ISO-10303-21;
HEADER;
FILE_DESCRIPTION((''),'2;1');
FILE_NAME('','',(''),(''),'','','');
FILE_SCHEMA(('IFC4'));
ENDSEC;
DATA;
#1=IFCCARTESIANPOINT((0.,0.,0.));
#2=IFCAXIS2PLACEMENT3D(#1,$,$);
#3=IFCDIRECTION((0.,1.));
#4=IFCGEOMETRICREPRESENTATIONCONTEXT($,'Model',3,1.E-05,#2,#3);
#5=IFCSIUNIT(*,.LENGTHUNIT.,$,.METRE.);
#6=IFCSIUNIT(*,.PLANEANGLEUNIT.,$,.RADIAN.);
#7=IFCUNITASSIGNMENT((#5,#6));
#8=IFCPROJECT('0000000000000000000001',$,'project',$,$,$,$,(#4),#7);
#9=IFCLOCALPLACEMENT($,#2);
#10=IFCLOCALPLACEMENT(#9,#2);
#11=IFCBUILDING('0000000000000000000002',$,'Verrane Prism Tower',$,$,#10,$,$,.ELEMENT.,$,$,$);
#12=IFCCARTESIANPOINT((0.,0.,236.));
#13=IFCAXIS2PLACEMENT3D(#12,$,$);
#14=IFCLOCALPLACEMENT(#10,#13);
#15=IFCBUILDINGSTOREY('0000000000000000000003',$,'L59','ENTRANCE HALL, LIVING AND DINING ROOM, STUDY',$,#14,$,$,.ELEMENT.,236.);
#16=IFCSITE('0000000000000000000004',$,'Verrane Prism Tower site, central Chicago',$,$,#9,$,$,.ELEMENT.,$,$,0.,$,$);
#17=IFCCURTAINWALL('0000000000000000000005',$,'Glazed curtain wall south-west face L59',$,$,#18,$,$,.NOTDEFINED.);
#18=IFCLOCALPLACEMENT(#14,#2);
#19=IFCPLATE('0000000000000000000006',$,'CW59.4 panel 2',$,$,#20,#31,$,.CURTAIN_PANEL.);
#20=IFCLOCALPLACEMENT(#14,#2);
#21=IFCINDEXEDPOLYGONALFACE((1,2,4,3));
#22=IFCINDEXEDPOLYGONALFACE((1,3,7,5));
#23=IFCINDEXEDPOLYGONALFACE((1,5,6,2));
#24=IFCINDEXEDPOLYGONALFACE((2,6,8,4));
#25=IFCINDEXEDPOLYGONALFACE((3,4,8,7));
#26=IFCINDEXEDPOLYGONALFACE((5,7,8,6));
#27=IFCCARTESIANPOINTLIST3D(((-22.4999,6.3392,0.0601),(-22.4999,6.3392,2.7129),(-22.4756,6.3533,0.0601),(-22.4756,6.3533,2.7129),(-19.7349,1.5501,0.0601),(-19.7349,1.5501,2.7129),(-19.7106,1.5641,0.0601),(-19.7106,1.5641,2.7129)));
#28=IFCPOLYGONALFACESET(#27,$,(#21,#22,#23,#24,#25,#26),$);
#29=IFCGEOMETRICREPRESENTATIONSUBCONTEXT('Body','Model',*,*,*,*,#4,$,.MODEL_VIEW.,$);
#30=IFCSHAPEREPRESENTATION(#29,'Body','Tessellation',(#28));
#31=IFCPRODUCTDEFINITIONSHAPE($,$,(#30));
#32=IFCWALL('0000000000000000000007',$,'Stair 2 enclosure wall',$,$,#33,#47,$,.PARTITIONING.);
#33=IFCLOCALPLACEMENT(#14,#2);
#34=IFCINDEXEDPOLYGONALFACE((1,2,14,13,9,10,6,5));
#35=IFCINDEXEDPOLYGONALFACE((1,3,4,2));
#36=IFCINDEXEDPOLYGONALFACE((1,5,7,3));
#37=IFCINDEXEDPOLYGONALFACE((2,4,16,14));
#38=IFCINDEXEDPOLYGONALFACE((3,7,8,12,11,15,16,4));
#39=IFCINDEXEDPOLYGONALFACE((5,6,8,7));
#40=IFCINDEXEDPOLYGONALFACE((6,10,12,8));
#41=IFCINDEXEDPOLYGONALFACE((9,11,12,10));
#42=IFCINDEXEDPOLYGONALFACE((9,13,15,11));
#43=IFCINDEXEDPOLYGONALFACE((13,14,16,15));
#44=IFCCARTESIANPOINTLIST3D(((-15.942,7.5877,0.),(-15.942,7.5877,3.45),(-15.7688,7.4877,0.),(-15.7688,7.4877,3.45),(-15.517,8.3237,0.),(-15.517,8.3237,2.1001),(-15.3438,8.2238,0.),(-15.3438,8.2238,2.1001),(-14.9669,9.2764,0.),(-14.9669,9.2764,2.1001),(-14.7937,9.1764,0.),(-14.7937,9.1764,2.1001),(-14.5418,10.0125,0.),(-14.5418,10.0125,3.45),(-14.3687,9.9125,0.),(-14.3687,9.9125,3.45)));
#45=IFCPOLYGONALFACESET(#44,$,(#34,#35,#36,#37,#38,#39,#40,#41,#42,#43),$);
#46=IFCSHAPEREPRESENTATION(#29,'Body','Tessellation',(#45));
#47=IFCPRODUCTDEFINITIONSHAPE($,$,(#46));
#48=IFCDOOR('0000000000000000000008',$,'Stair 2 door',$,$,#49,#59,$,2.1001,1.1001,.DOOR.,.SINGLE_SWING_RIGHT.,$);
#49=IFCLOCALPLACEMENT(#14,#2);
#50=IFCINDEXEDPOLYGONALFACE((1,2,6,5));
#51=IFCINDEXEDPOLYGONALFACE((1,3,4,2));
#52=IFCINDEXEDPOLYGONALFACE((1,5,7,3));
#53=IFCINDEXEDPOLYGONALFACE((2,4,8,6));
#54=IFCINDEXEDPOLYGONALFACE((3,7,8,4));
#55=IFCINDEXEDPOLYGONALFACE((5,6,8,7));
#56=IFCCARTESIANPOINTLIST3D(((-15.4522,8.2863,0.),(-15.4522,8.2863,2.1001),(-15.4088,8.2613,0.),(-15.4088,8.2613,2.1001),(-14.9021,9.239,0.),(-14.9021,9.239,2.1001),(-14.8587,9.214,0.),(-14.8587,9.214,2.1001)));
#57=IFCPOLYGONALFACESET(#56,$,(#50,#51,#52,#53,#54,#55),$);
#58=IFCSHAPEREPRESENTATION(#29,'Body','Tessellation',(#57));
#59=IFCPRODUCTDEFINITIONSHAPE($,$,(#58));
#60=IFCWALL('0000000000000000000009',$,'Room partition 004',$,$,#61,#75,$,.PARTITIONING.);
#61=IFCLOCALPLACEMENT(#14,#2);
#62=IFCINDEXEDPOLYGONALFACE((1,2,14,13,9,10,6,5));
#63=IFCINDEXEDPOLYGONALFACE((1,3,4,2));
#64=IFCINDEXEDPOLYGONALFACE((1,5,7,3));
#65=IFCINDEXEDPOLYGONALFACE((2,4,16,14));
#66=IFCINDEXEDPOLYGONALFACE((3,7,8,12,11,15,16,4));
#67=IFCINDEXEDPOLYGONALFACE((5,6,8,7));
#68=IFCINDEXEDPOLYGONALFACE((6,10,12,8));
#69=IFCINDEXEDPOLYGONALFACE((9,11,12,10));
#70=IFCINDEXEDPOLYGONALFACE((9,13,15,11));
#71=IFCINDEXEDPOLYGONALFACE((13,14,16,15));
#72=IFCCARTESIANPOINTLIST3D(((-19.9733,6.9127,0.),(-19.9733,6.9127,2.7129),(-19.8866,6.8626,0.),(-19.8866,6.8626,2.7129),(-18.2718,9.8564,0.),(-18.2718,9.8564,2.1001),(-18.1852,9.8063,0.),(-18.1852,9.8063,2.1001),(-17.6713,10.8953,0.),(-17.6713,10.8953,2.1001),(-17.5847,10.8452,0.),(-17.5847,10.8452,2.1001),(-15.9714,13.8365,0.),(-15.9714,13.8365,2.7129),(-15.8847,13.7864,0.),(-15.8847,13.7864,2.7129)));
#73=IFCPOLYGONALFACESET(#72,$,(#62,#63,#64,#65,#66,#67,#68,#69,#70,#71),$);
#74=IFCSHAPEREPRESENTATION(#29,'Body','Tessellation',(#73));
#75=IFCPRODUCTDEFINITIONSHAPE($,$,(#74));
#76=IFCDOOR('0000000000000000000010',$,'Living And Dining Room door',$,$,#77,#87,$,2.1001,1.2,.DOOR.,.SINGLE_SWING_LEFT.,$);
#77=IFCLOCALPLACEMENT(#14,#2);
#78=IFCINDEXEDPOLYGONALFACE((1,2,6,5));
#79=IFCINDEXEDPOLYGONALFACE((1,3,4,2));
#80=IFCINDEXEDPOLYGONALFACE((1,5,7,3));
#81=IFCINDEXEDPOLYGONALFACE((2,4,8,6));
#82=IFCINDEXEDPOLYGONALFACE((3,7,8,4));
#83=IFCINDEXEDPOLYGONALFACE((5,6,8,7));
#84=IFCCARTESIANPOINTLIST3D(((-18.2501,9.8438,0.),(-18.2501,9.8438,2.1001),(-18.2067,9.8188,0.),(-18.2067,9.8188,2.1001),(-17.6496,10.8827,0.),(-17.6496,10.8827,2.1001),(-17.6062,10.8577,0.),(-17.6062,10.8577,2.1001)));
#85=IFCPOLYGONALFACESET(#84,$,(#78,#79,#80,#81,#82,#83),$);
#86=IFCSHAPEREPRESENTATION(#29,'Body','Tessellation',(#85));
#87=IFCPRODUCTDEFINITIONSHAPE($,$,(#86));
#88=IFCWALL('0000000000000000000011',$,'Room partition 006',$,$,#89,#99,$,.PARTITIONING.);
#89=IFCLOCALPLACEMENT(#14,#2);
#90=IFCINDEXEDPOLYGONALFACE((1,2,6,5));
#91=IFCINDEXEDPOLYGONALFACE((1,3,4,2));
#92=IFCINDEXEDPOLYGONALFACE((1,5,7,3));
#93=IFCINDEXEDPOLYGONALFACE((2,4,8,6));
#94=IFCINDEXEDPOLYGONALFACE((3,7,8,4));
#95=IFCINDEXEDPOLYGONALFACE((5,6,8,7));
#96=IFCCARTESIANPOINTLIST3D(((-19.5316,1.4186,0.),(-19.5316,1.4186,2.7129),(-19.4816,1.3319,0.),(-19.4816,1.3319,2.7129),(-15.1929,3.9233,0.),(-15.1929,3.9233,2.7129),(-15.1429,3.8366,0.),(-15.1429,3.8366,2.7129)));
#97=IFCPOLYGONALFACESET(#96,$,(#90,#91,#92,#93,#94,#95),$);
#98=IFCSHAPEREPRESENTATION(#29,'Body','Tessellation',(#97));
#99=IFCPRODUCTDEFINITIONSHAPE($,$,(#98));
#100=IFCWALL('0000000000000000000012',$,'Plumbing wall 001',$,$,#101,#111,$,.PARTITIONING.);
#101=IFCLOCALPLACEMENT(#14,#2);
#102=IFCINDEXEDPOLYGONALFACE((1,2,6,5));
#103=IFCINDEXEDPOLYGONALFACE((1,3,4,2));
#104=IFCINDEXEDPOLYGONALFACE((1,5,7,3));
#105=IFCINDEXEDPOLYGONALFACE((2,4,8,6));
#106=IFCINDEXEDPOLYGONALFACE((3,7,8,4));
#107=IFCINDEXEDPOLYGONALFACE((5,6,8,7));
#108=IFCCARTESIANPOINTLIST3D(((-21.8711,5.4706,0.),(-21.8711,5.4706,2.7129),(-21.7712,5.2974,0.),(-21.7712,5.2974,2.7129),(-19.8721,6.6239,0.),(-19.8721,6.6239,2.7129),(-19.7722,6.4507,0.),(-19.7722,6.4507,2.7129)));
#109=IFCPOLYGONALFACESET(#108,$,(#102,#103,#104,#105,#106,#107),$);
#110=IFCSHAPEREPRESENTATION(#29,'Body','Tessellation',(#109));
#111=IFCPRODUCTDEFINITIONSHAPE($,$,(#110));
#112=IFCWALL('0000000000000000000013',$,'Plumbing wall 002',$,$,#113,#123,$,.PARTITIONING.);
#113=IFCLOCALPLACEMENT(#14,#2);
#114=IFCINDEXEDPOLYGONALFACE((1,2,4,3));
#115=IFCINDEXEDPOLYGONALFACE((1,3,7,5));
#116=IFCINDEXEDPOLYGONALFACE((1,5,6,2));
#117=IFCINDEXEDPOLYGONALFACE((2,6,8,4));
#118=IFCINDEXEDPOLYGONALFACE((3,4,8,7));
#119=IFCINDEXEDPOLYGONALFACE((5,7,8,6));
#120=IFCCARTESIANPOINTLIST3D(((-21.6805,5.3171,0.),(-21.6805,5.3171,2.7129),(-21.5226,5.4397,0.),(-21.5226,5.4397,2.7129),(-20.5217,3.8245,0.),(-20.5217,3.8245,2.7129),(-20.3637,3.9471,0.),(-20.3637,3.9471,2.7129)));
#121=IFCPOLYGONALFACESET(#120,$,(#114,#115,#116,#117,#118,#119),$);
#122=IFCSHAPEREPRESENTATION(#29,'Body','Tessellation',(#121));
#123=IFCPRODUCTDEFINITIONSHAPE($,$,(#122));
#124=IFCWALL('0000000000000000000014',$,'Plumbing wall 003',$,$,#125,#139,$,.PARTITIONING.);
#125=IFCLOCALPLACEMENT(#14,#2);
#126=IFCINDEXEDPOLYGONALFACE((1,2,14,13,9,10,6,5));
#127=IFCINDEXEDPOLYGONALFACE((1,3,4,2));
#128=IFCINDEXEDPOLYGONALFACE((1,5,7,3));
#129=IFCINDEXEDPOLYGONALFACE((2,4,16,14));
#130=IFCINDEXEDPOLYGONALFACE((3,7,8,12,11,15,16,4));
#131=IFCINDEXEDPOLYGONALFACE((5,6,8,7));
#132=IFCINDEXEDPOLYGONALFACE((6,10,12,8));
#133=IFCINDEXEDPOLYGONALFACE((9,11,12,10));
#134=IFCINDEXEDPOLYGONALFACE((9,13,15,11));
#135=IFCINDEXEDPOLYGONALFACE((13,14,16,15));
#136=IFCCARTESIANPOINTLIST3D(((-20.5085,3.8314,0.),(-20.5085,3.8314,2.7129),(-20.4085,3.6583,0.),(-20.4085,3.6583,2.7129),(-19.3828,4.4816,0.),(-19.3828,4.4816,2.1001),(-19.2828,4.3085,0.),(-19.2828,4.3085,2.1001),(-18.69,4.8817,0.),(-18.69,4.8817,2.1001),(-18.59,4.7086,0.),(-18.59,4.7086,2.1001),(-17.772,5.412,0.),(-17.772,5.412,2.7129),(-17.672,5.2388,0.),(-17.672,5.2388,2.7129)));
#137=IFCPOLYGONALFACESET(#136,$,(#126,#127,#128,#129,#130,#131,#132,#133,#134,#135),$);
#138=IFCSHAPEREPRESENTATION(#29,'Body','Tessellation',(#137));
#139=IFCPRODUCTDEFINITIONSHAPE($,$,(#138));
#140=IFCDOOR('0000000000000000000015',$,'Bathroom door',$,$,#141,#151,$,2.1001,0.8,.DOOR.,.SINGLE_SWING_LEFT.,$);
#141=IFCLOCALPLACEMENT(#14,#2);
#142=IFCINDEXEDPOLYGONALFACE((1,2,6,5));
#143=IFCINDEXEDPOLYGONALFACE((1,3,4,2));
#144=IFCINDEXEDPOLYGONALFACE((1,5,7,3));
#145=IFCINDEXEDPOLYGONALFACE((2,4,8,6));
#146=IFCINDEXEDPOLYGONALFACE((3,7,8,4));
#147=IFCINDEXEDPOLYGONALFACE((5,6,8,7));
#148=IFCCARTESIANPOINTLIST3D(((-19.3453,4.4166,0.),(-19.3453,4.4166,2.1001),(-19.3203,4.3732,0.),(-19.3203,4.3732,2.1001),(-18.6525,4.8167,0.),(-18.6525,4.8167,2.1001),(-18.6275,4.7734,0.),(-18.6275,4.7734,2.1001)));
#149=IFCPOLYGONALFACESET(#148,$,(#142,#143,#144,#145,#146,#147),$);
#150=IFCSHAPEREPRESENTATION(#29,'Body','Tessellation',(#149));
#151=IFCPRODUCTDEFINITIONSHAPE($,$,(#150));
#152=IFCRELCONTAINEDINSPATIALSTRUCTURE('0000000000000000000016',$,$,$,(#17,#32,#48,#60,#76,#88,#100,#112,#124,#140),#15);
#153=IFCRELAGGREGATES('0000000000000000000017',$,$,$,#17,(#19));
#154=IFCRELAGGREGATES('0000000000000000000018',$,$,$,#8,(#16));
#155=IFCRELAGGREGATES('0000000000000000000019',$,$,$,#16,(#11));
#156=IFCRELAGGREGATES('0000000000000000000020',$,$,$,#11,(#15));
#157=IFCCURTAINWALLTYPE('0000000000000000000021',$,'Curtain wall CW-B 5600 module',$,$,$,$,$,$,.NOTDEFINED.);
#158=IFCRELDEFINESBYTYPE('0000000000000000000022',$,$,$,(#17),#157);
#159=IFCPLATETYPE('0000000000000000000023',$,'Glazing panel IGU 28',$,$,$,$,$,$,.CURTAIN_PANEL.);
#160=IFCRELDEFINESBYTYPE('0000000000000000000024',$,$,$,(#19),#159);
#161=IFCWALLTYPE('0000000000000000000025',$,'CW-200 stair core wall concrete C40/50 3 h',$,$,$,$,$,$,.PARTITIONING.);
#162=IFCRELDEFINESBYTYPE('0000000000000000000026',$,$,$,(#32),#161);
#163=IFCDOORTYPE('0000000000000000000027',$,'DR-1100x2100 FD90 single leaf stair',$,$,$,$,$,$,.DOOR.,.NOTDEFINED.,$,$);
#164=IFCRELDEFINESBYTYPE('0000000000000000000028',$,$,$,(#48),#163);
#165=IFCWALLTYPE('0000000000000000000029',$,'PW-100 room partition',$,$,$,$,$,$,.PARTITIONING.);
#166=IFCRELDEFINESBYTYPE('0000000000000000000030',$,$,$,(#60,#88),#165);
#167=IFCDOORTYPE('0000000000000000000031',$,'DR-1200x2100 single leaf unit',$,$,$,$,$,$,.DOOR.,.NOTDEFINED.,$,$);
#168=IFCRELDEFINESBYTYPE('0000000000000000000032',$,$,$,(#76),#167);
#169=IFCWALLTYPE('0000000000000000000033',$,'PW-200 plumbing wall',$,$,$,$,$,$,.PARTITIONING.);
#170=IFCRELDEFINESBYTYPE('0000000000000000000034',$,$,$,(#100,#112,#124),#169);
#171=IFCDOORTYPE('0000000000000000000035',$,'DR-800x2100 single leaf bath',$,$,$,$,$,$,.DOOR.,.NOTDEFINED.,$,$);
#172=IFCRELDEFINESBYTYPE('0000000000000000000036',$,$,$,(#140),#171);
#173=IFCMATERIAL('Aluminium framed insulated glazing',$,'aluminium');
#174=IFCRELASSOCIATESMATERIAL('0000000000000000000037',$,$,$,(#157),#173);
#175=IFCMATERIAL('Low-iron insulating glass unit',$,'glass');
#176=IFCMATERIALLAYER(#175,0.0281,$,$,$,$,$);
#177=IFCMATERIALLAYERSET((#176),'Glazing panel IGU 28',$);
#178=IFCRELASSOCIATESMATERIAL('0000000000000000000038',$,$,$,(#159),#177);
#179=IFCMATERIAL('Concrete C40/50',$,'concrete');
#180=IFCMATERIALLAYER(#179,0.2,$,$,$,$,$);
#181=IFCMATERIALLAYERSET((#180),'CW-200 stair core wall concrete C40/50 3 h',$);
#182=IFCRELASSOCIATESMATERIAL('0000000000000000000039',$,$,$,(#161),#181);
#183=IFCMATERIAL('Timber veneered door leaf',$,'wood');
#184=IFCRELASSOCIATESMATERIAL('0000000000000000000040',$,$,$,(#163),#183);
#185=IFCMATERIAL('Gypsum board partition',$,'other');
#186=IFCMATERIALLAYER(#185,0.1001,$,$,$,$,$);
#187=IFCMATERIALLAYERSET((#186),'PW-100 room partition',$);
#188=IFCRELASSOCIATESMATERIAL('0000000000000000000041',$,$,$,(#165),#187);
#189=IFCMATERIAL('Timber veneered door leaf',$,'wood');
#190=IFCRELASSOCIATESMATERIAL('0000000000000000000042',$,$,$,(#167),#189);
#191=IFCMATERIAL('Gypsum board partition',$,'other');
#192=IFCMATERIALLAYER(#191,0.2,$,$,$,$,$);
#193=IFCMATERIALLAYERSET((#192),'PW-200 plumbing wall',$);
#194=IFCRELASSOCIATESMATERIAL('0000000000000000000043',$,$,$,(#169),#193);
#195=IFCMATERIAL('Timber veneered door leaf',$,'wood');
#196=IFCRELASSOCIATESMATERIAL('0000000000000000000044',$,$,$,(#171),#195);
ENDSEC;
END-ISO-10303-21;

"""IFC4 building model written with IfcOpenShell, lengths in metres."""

from ifc_helpers import new_model, si_unit, direction, frame, frame_2d, origin, origin_2d, place, context, subcontext, project, spatial, rectangle, extrude, material, layer, layer_set, type_object, element, fill, aggregate, save


model = new_model("IFC4")

# Units and contexts
model_context = context("Model", 3, precision=1e-05, world=origin(), true_north=direction((0.0, 1.0)))
body_context = subcontext(model_context, "Body", "Model", "MODEL_VIEW")
ifc_project = project(units=[si_unit("LENGTHUNIT", "METRE"), si_unit("PLANEANGLEUNIT", "RADIAN")], contexts=[model_context])

# Site, building, storey
site_placement = place(None, origin())
site = spatial("IfcSite", under=ifc_project, at=site_placement, Name="Verrane Prism Tower site, central Chicago", CompositionType="ELEMENT", RefElevation=0.0)
building_placement = place(site_placement, origin())
building = spatial("IfcBuilding", under=site, at=building_placement, Name="Verrane Prism Tower", CompositionType="ELEMENT")
storey_placement = place(building_placement, frame((0.0, 0.0, 236.0)))
storey = spatial("IfcBuildingStorey", under=building, at=storey_placement, Name="L59", Description="ENTRANCE HALL, LIVING AND DINING ROOM, STUDY", CompositionType="ELEMENT", Elevation=236.0)

# Curtain wall
ifc_material_1 = material(Name="Aluminium framed insulated glazing", Category="aluminium")
curtain_wall_type = type_object("IfcCurtainWallType", Name="Curtain wall CW-B 5600 module", PredefinedType="NOTDEFINED", material=ifc_material_1)
curtain_wall_placement = place(storey_placement, origin())
curtain_wall = element("IfcCurtainWall", 1, at=curtain_wall_placement, inside=storey, type_object=curtain_wall_type, Name="Glazed curtain wall south-west face L59", PredefinedType="NOTDEFINED")

# Plate
ifc_material_2 = material(Name="Low-iron insulating glass unit", Category="glass")
ifc_layer_1 = layer(ifc_material_2, 0.0281)
ifc_layer_set_1 = layer_set([ifc_layer_1], Name="Glazing panel IGU 28")
plate_type = type_object("IfcPlateType", Name="Glazing panel IGU 28", PredefinedType="CURTAIN_PANEL", material=ifc_layer_set_1)
plate_1_placement = place(storey_placement, frame((-21.1052, 3.9517, 0.0601), z_axis=(0.0, 0.0, 1.0), x_axis=(0.499999, -0.866026, 0.0)))
plate_1 = element("IfcPlate", 2, at=plate_1_placement, type_object=plate_type, Name="CW59.4 panel 2", PredefinedType="CURTAIN_PANEL", context=body_context, shape_type="SweptSolid", body=[
    extrude(rectangle(XDim=5.53, YDim=0.0281, at=origin_2d()), origin(), (0.0, 0.0, 1.0), 2.6528),
])
aggregate(curtain_wall, [plate_1])

# Walls, openings, doors
ifc_material_3 = material(Name="Concrete C40/50", Category="concrete")
ifc_layer_2 = layer(ifc_material_3, 0.2)
ifc_layer_set_2 = layer_set([ifc_layer_2], Name="CW-200 stair core wall concrete C40/50 3 h")
wall_type_1 = type_object("IfcWallType", Name="CW-200 stair core wall concrete C40/50 3 h", PredefinedType="PARTITIONING", material=ifc_layer_set_2)
wall_1_placement = place(storey_placement, frame((-14.4553, 9.9624, 0.0), z_axis=(0.0, 0.0, 1.0), x_axis=(-0.50005, -0.865997, 0.0)))
wall_1 = element("IfcWall", 3, at=wall_1_placement, inside=storey, type_object=wall_type_1, Name="Stair 2 enclosure wall", PredefinedType="PARTITIONING", context=body_context, shape_type="SweptSolid", body=[
    extrude(rectangle(XDim=2.8, YDim=0.2, at=frame_2d((1.3999, 0.0))), origin(), (0.0, 0.0, 1.0), 3.45),
])
opening_1_placement = place(wall_1_placement, frame((0.8499, 0.0, 0.0)))
opening_1 = element("IfcOpeningElement", 4, at=opening_1_placement, cuts=wall_1, PredefinedType="OPENING", context=body_context, shape_type="SweptSolid", body=[
    extrude(rectangle(XDim=1.1001, YDim=2.1001, at=frame_2d((0.55, 1.05))), frame((0.0, 0.1099, 0.0), z_axis=(0.0, -1.0, 0.0), x_axis=(1.0, 0.0, 0.0)), (0.0, 0.0, 1.0), 0.22),
])
ifc_material_4 = material(Name="Timber veneered door leaf", Category="wood")
door_type_1 = type_object("IfcDoorType", Name="DR-1100x2100 FD90 single leaf stair", OperationType="NOTDEFINED", PredefinedType="DOOR", material=ifc_material_4)
door_1_placement = place(opening_1_placement, origin())
door_1 = element("IfcDoor", 5, at=door_1_placement, inside=storey, type_object=door_type_1, Name="Stair 2 door", OperationType="SINGLE_SWING_RIGHT", OverallHeight=2.1001, OverallWidth=1.1001, PredefinedType="DOOR", context=body_context, shape_type="SweptSolid", body=[
    extrude(rectangle(XDim=1.1001, YDim=2.1001, at=frame_2d((0.55, 1.05))), frame((0.0, 0.0249, 0.0), z_axis=(0.0, -1.0, 0.0), x_axis=(1.0, 0.0, 0.0)), (0.0, 0.0, 1.0), 0.05),
])
fill(opening_1, door_1)
ifc_material_5 = material(Name="Gypsum board partition", Category="other")
ifc_layer_3 = layer(ifc_material_5, 0.1001)
ifc_layer_set_3 = layer_set([ifc_layer_3], Name="PW-100 room partition")
wall_type_2 = type_object("IfcWallType", Name="PW-100 room partition", PredefinedType="PARTITIONING", material=ifc_layer_set_3)
wall_2_placement = place(storey_placement, frame((-19.9299, 6.8877, 0.0), z_axis=(0.0, 0.0, 1.0), x_axis=(0.50042, 0.865783, 0.0)))
wall_2 = element("IfcWall", 6, at=wall_2_placement, inside=storey, type_object=wall_type_2, Name="Room partition 004", PredefinedType="PARTITIONING", context=body_context, shape_type="SweptSolid", body=[
    extrude(rectangle(XDim=7.9971, YDim=0.1001, at=frame_2d((3.9985, 0.0))), origin(), (0.0, 0.0, 1.0), 2.7129),
])
opening_2_placement = place(wall_2_placement, frame((3.3999, 0.0, 0.0)))
opening_2 = element("IfcOpeningElement", 7, at=opening_2_placement, cuts=wall_2, PredefinedType="OPENING", context=body_context, shape_type="SweptSolid", body=[
    extrude(rectangle(XDim=1.2, YDim=2.1001, at=frame_2d((0.6001, 1.05))), frame((0.0, 0.0601, 0.0), z_axis=(0.0, -1.0, 0.0), x_axis=(1.0, 0.0, 0.0)), (0.0, 0.0, 1.0), 0.1201),
])
ifc_material_6 = material(Name="Timber veneered door leaf", Category="wood")
door_type_2 = type_object("IfcDoorType", Name="DR-1200x2100 single leaf unit", OperationType="NOTDEFINED", PredefinedType="DOOR", material=ifc_material_6)
door_2_placement = place(opening_2_placement, origin())
door_2 = element("IfcDoor", 8, at=door_2_placement, inside=storey, type_object=door_type_2, Name="Living And Dining Room door", OperationType="SINGLE_SWING_LEFT", OverallHeight=2.1001, OverallWidth=1.2, PredefinedType="DOOR", context=body_context, shape_type="SweptSolid", body=[
    extrude(rectangle(XDim=1.2, YDim=2.1001, at=frame_2d((0.6001, 1.05))), frame((0.0, 0.0249, 0.0), z_axis=(0.0, -1.0, 0.0), x_axis=(1.0, 0.0, 0.0)), (0.0, 0.0, 1.0), 0.05),
])
fill(opening_2, door_2)

# Walls
wall_3_placement = place(storey_placement, frame((-19.5066, 1.3752, 0.0), z_axis=(0.0, 0.0, 1.0), x_axis=(0.866048, 0.49996, 0.0)))
element("IfcWall", 9, at=wall_3_placement, inside=storey, type_object=wall_type_2, Name="Room partition 006", PredefinedType="PARTITIONING", context=body_context, shape_type="SweptSolid", body=[
    extrude(rectangle(XDim=5.0098, YDim=0.1001, at=frame_2d((2.5049, 0.0))), origin(), (0.0, 0.0, 1.0), 2.7129),
])
ifc_material_7 = material(Name="Gypsum board partition", Category="other")
ifc_layer_4 = layer(ifc_material_7, 0.2)
ifc_layer_set_4 = layer_set([ifc_layer_4], Name="PW-200 plumbing wall")
wall_type_3 = type_object("IfcWallType", Name="PW-200 plumbing wall", PredefinedType="PARTITIONING", material=ifc_layer_set_4)
wall_4_placement = place(storey_placement, frame((-21.821, 5.384, 0.0), z_axis=(0.0, 0.0, 1.0), x_axis=(0.866179, 0.499735, 0.0)))
element("IfcWall", 10, at=wall_4_placement, inside=storey, type_object=wall_type_3, Name="Plumbing wall 001", PredefinedType="PARTITIONING", context=body_context, shape_type="SweptSolid", body=[
    extrude(rectangle(XDim=2.3079, YDim=0.2, at=frame_2d((1.1538, 0.0))), origin(), (0.0, 0.0, 1.0), 2.7129),
])
wall_5_placement = place(storey_placement, frame((-21.6016, 5.3784, 0.0), z_axis=(0.0, 0.0, 1.0), x_axis=(0.61327, -0.789874, 0.0)))
element("IfcWall", 11, at=wall_5_placement, inside=storey, type_object=wall_type_3, Name="Plumbing wall 002", PredefinedType="PARTITIONING", context=body_context, shape_type="SweptSolid", body=[
    extrude(rectangle(XDim=1.8896, YDim=0.2, at=frame_2d((0.9448, 0.0))), origin(), (0.0, 0.0, 1.0), 2.7129),
])

# Wall, opening, door
wall_6_placement = place(storey_placement, frame((-20.4585, 3.7449, 0.0), z_axis=(0.0, 0.0, 1.0), x_axis=(0.865942, 0.500144, 0.0)))
wall_6 = element("IfcWall", 12, at=wall_6_placement, inside=storey, type_object=wall_type_3, Name="Plumbing wall 003", PredefinedType="PARTITIONING", context=body_context, shape_type="SweptSolid", body=[
    extrude(rectangle(XDim=3.1602, YDim=0.2, at=frame_2d((1.5801, 0.0))), origin(), (0.0, 0.0, 1.0), 2.7129),
])
opening_3_placement = place(wall_6_placement, frame((1.3, 0.0, 0.0)))
opening_3 = element("IfcOpeningElement", 13, at=opening_3_placement, cuts=wall_6, PredefinedType="OPENING", context=body_context, shape_type="SweptSolid", body=[
    extrude(rectangle(XDim=0.8, YDim=2.1001, at=frame_2d((0.3999, 1.05))), frame((0.0, 0.1099, 0.0), z_axis=(0.0, -1.0, 0.0), x_axis=(1.0, 0.0, 0.0)), (0.0, 0.0, 1.0), 0.22),
])
ifc_material_8 = material(Name="Timber veneered door leaf", Category="wood")
door_type_3 = type_object("IfcDoorType", Name="DR-800x2100 single leaf bath", OperationType="NOTDEFINED", PredefinedType="DOOR", material=ifc_material_8)
door_3_placement = place(opening_3_placement, origin())
door_3 = element("IfcDoor", 14, at=door_3_placement, inside=storey, type_object=door_type_3, Name="Bathroom door", OperationType="SINGLE_SWING_LEFT", OverallHeight=2.1001, OverallWidth=0.8, PredefinedType="DOOR", context=body_context, shape_type="SweptSolid", body=[
    extrude(rectangle(XDim=0.8, YDim=2.1001, at=frame_2d((0.3999, 1.05))), frame((0.0, 0.0249, 0.0), z_axis=(0.0, -1.0, 0.0), x_axis=(1.0, 0.0, 0.0)), (0.0, 0.0, 1.0), 0.05),
])
fill(opening_3, door_3)

save(model, "model.ifc")
